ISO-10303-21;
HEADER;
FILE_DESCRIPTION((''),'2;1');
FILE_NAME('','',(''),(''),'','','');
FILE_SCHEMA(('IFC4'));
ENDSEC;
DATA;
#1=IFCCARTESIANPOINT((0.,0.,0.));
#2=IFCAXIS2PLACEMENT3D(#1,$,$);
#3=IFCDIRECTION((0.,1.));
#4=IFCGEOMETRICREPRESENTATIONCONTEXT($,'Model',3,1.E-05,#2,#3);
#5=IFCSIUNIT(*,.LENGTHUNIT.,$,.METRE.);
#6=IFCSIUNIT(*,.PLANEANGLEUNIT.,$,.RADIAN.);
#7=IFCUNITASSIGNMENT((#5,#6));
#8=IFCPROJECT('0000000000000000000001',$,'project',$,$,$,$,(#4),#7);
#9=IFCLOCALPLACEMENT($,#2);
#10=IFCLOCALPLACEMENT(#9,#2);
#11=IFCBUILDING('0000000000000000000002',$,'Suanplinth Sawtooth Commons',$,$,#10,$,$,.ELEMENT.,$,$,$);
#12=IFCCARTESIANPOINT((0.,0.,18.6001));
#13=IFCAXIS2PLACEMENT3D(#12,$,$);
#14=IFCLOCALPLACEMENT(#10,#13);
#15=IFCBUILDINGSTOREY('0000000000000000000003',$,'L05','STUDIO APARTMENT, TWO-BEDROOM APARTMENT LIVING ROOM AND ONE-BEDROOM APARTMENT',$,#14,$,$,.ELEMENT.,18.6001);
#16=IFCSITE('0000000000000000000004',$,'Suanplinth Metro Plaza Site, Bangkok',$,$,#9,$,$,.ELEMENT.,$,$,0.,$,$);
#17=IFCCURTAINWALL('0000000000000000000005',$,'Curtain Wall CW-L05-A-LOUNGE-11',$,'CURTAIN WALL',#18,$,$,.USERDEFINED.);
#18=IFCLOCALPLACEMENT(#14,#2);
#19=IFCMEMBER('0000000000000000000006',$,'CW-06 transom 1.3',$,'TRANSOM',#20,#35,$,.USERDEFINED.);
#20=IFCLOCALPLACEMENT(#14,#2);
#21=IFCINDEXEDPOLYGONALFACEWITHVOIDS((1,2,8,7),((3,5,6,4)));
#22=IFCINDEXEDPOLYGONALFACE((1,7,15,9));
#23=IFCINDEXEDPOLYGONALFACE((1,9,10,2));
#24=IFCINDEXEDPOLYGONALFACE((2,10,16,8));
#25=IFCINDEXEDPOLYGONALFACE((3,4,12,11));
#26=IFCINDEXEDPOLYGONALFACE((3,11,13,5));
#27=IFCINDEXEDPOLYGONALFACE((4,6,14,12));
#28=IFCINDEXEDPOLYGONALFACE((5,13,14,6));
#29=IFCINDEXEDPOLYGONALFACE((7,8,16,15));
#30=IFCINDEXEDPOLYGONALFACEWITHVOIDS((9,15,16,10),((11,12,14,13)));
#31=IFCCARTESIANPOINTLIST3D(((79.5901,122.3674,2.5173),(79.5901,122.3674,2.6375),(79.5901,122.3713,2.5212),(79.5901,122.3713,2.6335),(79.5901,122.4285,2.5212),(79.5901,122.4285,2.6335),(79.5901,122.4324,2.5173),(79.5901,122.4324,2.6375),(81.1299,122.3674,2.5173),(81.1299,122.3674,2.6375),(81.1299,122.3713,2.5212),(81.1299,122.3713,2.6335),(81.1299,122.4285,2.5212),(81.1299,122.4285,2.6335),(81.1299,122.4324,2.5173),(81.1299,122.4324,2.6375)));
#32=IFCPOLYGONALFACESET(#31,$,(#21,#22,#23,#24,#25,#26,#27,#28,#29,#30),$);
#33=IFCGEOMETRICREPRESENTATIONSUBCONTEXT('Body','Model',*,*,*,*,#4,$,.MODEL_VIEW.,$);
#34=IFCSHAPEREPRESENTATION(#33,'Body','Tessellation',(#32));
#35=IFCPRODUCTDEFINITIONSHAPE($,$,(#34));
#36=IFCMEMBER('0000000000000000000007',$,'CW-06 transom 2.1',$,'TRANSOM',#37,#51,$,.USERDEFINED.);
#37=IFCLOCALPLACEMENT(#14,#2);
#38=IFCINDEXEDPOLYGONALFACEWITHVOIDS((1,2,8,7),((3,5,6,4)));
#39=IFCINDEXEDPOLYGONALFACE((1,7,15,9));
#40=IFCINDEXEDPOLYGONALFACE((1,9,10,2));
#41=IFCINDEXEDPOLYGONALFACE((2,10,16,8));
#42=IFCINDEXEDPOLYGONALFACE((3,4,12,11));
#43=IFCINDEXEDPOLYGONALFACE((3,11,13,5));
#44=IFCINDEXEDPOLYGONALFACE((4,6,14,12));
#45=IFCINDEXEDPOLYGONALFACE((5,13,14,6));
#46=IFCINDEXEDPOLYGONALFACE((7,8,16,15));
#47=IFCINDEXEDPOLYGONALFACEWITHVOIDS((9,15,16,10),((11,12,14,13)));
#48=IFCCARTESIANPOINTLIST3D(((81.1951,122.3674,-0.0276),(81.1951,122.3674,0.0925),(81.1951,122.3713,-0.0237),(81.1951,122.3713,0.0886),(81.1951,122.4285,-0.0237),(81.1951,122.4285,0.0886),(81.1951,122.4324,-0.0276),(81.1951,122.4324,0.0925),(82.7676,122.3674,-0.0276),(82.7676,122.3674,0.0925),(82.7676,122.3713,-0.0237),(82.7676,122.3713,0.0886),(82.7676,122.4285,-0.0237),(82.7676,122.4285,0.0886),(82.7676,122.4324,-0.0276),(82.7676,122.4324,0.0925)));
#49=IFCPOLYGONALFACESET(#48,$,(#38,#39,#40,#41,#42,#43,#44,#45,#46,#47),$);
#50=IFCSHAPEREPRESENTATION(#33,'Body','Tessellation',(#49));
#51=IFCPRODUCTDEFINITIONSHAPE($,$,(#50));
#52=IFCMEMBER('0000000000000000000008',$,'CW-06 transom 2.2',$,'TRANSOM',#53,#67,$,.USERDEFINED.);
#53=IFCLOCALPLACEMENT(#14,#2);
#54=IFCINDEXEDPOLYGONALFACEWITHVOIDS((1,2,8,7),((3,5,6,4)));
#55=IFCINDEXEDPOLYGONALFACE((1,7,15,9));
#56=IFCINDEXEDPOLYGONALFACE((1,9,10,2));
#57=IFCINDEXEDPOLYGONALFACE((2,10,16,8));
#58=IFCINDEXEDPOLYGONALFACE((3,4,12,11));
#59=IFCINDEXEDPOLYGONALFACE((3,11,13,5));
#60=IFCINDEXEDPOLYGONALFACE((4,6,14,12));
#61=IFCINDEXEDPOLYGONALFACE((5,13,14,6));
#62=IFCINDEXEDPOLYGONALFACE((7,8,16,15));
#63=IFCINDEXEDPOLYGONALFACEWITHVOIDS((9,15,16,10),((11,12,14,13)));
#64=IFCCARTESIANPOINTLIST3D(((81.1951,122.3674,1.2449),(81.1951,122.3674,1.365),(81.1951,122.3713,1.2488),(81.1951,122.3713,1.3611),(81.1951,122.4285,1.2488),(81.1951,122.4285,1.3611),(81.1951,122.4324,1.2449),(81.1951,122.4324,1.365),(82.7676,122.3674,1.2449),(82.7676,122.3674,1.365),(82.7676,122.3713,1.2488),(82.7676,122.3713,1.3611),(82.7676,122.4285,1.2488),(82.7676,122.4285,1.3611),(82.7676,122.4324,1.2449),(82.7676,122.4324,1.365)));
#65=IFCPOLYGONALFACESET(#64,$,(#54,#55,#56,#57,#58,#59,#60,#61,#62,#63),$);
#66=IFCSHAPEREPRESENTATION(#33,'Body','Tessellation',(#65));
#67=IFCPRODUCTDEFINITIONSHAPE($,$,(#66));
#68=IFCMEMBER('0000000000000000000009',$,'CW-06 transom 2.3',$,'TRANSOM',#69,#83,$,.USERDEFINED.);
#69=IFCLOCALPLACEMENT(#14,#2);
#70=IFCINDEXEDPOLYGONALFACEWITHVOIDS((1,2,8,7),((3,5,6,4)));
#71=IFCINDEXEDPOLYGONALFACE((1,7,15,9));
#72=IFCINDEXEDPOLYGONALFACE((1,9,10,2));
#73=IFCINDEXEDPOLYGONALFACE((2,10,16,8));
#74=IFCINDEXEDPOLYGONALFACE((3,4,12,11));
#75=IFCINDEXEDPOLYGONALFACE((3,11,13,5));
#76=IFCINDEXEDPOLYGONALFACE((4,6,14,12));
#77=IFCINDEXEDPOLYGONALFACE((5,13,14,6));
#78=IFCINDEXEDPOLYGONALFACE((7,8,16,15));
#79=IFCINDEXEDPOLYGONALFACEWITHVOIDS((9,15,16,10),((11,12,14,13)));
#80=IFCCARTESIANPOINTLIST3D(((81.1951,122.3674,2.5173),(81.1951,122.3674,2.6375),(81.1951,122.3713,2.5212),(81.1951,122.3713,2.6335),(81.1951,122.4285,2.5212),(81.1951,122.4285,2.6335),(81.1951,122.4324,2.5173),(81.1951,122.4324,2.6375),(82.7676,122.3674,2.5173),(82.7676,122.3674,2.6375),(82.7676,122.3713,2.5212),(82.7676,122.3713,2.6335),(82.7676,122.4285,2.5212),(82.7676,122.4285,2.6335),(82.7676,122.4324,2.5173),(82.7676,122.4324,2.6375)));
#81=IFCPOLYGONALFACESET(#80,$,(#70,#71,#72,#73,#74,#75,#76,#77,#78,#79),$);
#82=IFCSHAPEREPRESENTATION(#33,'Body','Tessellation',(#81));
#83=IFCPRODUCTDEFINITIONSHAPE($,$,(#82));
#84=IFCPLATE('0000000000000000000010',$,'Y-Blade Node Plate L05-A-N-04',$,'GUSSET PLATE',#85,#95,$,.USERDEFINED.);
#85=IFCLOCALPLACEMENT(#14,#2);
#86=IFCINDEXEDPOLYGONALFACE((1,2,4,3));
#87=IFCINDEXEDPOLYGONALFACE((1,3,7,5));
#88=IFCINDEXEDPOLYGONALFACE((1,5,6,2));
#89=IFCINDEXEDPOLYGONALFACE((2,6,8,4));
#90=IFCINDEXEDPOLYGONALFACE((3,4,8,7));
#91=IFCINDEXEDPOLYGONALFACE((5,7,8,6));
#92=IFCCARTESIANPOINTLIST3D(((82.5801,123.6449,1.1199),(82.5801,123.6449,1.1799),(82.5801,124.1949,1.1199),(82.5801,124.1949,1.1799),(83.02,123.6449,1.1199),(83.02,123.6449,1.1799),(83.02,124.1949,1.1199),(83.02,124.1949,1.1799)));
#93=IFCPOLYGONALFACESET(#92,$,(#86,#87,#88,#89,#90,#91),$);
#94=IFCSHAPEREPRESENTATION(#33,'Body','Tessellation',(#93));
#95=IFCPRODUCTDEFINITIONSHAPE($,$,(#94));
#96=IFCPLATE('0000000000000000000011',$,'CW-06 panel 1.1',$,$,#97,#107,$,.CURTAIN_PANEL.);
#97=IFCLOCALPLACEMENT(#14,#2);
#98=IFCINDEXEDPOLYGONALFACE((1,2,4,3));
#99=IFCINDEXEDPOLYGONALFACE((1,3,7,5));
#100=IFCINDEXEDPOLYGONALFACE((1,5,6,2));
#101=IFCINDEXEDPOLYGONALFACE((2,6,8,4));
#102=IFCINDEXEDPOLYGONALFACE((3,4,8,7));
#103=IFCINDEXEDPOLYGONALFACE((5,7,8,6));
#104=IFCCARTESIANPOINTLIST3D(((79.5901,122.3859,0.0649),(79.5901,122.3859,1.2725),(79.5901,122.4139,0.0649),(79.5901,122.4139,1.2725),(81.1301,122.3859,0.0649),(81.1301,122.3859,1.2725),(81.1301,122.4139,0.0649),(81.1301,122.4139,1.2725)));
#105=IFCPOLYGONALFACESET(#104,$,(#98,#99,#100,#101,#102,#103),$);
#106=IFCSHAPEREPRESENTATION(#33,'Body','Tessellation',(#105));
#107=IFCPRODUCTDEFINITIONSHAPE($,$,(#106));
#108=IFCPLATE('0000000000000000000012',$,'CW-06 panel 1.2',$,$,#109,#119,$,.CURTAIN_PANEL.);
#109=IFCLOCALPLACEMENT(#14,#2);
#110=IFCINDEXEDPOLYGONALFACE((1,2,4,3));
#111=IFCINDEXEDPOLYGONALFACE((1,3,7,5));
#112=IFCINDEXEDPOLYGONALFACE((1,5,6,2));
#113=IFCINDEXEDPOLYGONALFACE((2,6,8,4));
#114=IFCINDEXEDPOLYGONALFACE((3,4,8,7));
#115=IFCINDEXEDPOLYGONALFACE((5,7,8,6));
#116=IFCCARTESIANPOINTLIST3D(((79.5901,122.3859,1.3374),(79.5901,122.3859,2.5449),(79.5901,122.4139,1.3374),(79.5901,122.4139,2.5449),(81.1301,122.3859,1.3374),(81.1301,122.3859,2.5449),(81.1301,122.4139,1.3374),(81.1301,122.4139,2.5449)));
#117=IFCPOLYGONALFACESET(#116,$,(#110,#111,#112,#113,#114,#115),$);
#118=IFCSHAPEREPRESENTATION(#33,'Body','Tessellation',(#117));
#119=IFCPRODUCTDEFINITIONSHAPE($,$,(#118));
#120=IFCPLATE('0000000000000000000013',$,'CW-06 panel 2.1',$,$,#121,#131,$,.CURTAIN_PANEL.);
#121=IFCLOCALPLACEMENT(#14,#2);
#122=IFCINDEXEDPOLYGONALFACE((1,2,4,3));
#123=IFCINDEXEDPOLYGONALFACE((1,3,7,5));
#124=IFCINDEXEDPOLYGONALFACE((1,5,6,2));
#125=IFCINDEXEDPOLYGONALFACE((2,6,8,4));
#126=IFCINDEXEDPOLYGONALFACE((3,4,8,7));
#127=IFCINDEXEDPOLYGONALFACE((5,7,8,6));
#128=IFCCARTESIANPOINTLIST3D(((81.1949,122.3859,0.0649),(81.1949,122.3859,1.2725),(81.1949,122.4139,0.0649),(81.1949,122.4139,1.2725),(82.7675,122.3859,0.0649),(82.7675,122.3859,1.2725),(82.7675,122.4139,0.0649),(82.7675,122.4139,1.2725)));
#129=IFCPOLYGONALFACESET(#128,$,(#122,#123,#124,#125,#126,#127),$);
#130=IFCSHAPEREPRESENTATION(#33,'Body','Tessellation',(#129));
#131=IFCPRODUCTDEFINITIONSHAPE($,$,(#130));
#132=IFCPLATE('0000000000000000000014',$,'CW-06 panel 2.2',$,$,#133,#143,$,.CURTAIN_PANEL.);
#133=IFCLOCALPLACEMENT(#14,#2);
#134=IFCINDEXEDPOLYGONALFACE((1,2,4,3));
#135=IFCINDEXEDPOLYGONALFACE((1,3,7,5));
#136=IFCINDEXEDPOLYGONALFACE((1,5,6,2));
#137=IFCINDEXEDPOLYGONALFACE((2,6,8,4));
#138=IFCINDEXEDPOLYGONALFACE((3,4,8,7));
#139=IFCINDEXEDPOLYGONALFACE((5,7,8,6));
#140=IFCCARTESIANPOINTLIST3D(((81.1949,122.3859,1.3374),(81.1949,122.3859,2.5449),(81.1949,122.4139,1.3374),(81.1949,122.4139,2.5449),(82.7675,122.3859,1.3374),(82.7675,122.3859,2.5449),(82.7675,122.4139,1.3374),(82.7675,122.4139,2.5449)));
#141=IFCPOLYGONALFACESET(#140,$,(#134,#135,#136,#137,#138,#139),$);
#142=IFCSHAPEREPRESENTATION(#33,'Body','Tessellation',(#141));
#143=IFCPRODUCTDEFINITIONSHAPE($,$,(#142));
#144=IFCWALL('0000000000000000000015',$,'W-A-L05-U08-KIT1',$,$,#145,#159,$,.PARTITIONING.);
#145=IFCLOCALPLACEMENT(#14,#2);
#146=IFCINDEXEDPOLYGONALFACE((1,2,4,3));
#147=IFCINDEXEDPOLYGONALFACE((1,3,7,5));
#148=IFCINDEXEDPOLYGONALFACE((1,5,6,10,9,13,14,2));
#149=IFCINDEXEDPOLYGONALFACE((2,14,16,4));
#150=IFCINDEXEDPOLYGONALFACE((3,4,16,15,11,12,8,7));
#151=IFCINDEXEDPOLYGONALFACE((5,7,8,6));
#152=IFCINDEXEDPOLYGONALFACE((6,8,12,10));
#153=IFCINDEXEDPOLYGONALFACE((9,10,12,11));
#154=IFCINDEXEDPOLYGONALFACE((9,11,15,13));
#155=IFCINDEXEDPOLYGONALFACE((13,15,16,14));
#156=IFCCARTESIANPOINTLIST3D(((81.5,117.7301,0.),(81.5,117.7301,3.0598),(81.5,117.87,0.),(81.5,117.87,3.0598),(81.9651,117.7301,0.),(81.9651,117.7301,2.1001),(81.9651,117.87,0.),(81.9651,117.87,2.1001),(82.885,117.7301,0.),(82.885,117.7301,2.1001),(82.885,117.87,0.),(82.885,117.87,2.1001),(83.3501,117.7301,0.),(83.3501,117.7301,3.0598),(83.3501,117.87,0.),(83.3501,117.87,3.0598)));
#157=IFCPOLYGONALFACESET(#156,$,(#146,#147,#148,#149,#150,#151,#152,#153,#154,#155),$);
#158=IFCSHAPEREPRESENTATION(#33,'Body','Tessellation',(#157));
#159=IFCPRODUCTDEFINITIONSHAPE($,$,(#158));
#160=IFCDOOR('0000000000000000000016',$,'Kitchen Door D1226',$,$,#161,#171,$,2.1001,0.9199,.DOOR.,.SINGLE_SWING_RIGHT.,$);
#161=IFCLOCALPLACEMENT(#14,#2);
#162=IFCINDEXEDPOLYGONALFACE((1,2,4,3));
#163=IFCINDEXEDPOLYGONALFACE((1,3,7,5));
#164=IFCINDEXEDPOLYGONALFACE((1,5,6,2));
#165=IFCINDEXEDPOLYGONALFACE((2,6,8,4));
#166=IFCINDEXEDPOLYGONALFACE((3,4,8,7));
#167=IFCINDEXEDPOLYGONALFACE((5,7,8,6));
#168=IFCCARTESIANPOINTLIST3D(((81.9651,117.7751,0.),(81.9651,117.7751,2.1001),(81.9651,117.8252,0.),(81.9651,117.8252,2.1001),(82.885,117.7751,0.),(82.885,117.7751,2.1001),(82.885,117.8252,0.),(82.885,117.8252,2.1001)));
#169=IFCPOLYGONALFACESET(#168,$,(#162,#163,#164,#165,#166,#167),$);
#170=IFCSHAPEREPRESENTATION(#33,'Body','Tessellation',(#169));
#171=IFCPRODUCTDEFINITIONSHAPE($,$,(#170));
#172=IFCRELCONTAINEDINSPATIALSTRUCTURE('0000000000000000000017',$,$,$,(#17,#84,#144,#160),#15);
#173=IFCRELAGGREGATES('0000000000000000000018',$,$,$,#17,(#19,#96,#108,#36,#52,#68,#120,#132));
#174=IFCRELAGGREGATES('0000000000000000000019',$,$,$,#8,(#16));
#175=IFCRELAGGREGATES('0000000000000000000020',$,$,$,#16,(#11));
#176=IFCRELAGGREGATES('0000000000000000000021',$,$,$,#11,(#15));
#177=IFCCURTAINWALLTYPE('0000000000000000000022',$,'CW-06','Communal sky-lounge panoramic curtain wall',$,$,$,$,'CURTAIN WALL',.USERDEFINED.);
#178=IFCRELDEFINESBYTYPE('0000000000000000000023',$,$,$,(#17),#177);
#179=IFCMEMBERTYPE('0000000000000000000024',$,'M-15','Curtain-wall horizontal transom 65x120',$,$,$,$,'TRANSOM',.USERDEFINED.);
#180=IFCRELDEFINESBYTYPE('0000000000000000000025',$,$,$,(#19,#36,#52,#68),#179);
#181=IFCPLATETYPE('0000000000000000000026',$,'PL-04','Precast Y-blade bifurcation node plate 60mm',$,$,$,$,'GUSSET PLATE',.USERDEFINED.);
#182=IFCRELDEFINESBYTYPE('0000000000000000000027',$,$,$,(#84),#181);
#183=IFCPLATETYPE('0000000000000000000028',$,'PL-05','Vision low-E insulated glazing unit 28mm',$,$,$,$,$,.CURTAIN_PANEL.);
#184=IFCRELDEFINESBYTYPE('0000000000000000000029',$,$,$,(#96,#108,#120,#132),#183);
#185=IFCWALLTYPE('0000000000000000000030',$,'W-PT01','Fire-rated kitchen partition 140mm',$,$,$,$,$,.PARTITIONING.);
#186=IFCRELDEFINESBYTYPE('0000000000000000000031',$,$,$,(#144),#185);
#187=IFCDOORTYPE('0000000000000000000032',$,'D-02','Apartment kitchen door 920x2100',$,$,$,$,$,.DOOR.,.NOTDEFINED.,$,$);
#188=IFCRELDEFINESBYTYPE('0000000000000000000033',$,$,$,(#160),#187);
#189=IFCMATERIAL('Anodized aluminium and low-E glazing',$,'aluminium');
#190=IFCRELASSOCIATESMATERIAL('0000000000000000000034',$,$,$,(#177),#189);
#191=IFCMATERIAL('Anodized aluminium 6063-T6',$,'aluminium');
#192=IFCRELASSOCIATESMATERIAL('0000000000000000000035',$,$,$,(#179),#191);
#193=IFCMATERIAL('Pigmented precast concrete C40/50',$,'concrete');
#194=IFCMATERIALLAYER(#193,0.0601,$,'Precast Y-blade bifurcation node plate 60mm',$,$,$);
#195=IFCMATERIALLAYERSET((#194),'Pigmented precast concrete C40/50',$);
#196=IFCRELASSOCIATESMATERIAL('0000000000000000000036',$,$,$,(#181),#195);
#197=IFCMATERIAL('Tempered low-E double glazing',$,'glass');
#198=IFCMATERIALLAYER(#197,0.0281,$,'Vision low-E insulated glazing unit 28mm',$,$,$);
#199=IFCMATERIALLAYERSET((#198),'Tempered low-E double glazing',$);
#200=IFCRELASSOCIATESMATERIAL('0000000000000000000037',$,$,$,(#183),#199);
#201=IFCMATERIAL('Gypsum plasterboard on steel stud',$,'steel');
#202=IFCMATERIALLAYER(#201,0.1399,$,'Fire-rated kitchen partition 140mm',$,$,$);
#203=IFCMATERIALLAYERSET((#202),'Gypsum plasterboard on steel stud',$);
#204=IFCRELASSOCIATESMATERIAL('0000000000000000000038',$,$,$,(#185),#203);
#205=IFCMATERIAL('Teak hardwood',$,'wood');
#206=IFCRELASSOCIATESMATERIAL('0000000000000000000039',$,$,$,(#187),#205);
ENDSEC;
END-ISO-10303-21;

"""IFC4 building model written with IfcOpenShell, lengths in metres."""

from ifc_helpers import new_model, si_unit, direction, frame, frame_2d, origin, origin_2d, place, context, subcontext, project, spatial, rectangle, hollow_rectangle, extrude, material, layer, layer_set, material_profile, profile_set, type_object, element, fill, aggregate, save


model = new_model("IFC4")

# Units and contexts
model_context = context("Model", 3, precision=1e-05, world=origin(), true_north=direction((0.0, 1.0)))
body_context = subcontext(model_context, "Body", "Model", "MODEL_VIEW")
ifc_project = project(units=[si_unit("LENGTHUNIT", "METRE"), si_unit("PLANEANGLEUNIT", "RADIAN")], contexts=[model_context])

# Site, building, storey
site_placement = place(None, origin())
site = spatial("IfcSite", under=ifc_project, at=site_placement, Name="Suanplinth Metro Plaza Site, Bangkok", CompositionType="ELEMENT", RefElevation=0.0)
building_placement = place(site_placement, origin())
building = spatial("IfcBuilding", under=site, at=building_placement, Name="Suanplinth Sawtooth Commons", CompositionType="ELEMENT")
storey_placement = place(building_placement, frame((0.0, 0.0, 18.6001)))
storey = spatial("IfcBuildingStorey", under=building, at=storey_placement, Name="L05", Description="STUDIO APARTMENT, TWO-BEDROOM APARTMENT LIVING ROOM AND ONE-BEDROOM APARTMENT", CompositionType="ELEMENT", Elevation=18.6001)

# Shared definitions
ifc_material_1 = material(Name="Pigmented precast concrete C40/50", Category="concrete")

# Curtain wall, members
ifc_material_2 = material(Name="Anodized aluminium and low-E glazing", Category="aluminium")
curtain_wall_type = type_object("IfcCurtainWallType", Name="CW-06", Description="Communal sky-lounge panoramic curtain wall", ElementType="CURTAIN WALL", PredefinedType="USERDEFINED", material=ifc_material_2)
curtain_wall_placement = place(storey_placement, origin())
curtain_wall = element("IfcCurtainWall", 1, at=curtain_wall_placement, inside=storey, type_object=curtain_wall_type, Name="Curtain Wall CW-L05-A-LOUNGE-11", ObjectType="CURTAIN WALL", PredefinedType="USERDEFINED")
ifc_material_3 = material(Name="Anodized aluminium 6063-T6", Category="aluminium")
ifc_material_profile_1 = material_profile(ifc_material_3, hollow_rectangle(XDim=0.0649, YDim=0.1201, WallThickness=0.0039, at=origin_2d()), Name="ALU-TRN 65x120")
ifc_profile_set_1 = profile_set([ifc_material_profile_1], Name="Anodized aluminium 6063-T6")
member_type_1 = type_object("IfcMemberType", Name="M-15", Description="Curtain-wall horizontal transom 65x120", ElementType="TRANSOM", PredefinedType="USERDEFINED", material=ifc_profile_set_1)
member_1_placement = place(storey_placement, frame((79.5901, 122.3999, 2.5774), z_axis=(1.0, 0.0, 0.0), x_axis=(0.0, 1.0, 0.0)))
member_1 = element("IfcMember", 2, at=member_1_placement, type_object=member_type_1, Name="CW-06 transom 1.3", ObjectType="TRANSOM", PredefinedType="USERDEFINED", context=body_context, shape_type="SweptSolid", body=[
    extrude(hollow_rectangle(XDim=0.0649, YDim=0.1201, WallThickness=0.0039, at=origin_2d()), origin(), (0.0, 0.0, 1.0), 1.5398),
])
member_2_placement = place(storey_placement, frame((81.1951, 122.3999, 0.0325), z_axis=(1.0, 0.0, 0.0), x_axis=(0.0, 1.0, 0.0)))
member_2 = element("IfcMember", 3, at=member_2_placement, type_object=member_type_1, Name="CW-06 transom 2.1", ObjectType="TRANSOM", PredefinedType="USERDEFINED", context=body_context, shape_type="SweptSolid", body=[
    extrude(hollow_rectangle(XDim=0.0649, YDim=0.1201, WallThickness=0.0039, at=origin_2d()), origin(), (0.0, 0.0, 1.0), 1.5725),
])
member_3_placement = place(storey_placement, frame((81.1951, 122.3999, 1.3049), z_axis=(1.0, 0.0, 0.0), x_axis=(0.0, 1.0, 0.0)))
member_3 = element("IfcMember", 4, at=member_3_placement, type_object=member_type_1, Name="CW-06 transom 2.2", ObjectType="TRANSOM", PredefinedType="USERDEFINED", context=body_context, shape_type="SweptSolid", body=[
    extrude(hollow_rectangle(XDim=0.0649, YDim=0.1201, WallThickness=0.0039, at=origin_2d()), origin(), (0.0, 0.0, 1.0), 1.5725),
])
member_4_placement = place(storey_placement, frame((81.1951, 122.3999, 2.5774), z_axis=(1.0, 0.0, 0.0), x_axis=(0.0, 1.0, 0.0)))
member_4 = element("IfcMember", 5, at=member_4_placement, type_object=member_type_1, Name="CW-06 transom 2.3", ObjectType="TRANSOM", PredefinedType="USERDEFINED", context=body_context, shape_type="SweptSolid", body=[
    extrude(hollow_rectangle(XDim=0.0649, YDim=0.1201, WallThickness=0.0039, at=origin_2d()), origin(), (0.0, 0.0, 1.0), 1.5725),
])

# Plates
ifc_layer_1 = layer(ifc_material_1, 0.0601, Name="Precast Y-blade bifurcation node plate 60mm")
ifc_layer_set_1 = layer_set([ifc_layer_1], Name="Pigmented precast concrete C40/50")
plate_type_1 = type_object("IfcPlateType", Name="PL-04", Description="Precast Y-blade bifurcation node plate 60mm", ElementType="GUSSET PLATE", PredefinedType="USERDEFINED", material=ifc_layer_set_1)
plate_1_placement = place(storey_placement, frame((82.8, 123.9199, 1.1199), z_axis=(0.0, 0.0, 1.0), x_axis=(1.0, 0.0, 0.0)))
element("IfcPlate", 6, at=plate_1_placement, inside=storey, type_object=plate_type_1, Name="Y-Blade Node Plate L05-A-N-04", ObjectType="GUSSET PLATE", PredefinedType="USERDEFINED", context=body_context, shape_type="SweptSolid", body=[
    extrude(rectangle(XDim=0.4399, YDim=0.55, at=origin_2d()), origin(), (0.0, 0.0, 1.0), 0.0601),
])
ifc_material_4 = material(Name="Tempered low-E double glazing", Category="glass")
ifc_layer_2 = layer(ifc_material_4, 0.0281, Name="Vision low-E insulated glazing unit 28mm")
ifc_layer_set_2 = layer_set([ifc_layer_2], Name="Tempered low-E double glazing")
plate_type_2 = type_object("IfcPlateType", Name="PL-05", Description="Vision low-E insulated glazing unit 28mm", PredefinedType="CURTAIN_PANEL", material=ifc_layer_set_2)
plate_2_placement = place(storey_placement, frame((80.3601, 122.3999, 0.0649), z_axis=(0.0, 0.0, 1.0), x_axis=(1.0, 0.0, 0.0)))
plate_2 = element("IfcPlate", 7, at=plate_2_placement, type_object=plate_type_2, Name="CW-06 panel 1.1", PredefinedType="CURTAIN_PANEL", context=body_context, shape_type="SweptSolid", body=[
    extrude(rectangle(XDim=1.54, YDim=0.0281, at=origin_2d()), origin(), (0.0, 0.0, 1.0), 1.2075),
])
plate_3_placement = place(storey_placement, frame((80.3601, 122.3999, 1.3374), z_axis=(0.0, 0.0, 1.0), x_axis=(1.0, 0.0, 0.0)))
plate_3 = element("IfcPlate", 8, at=plate_3_placement, type_object=plate_type_2, Name="CW-06 panel 1.2", PredefinedType="CURTAIN_PANEL", context=body_context, shape_type="SweptSolid", body=[
    extrude(rectangle(XDim=1.54, YDim=0.0281, at=origin_2d()), origin(), (0.0, 0.0, 1.0), 1.2075),
])
plate_4_placement = place(storey_placement, frame((81.9812, 122.3999, 0.0649), z_axis=(0.0, 0.0, 1.0), x_axis=(1.0, 0.0, 0.0)))
plate_4 = element("IfcPlate", 9, at=plate_4_placement, type_object=plate_type_2, Name="CW-06 panel 2.1", PredefinedType="CURTAIN_PANEL", context=body_context, shape_type="SweptSolid", body=[
    extrude(rectangle(XDim=1.5725, YDim=0.0281, at=origin_2d()), origin(), (0.0, 0.0, 1.0), 1.2075),
])
plate_5_placement = place(storey_placement, frame((81.9812, 122.3999, 1.3374), z_axis=(0.0, 0.0, 1.0), x_axis=(1.0, 0.0, 0.0)))
plate_5 = element("IfcPlate", 10, at=plate_5_placement, type_object=plate_type_2, Name="CW-06 panel 2.2", PredefinedType="CURTAIN_PANEL", context=body_context, shape_type="SweptSolid", body=[
    extrude(rectangle(XDim=1.5725, YDim=0.0281, at=origin_2d()), origin(), (0.0, 0.0, 1.0), 1.2075),
])
aggregate(curtain_wall, [member_1, plate_2, plate_3, member_2, member_3, member_4, plate_4, plate_5])

# Wall, opening, door
ifc_material_5 = material(Name="Gypsum plasterboard on steel stud", Category="steel")
ifc_layer_3 = layer(ifc_material_5, 0.1399, Name="Fire-rated kitchen partition 140mm")
ifc_layer_set_3 = layer_set([ifc_layer_3], Name="Gypsum plasterboard on steel stud")
wall_type_1 = type_object("IfcWallType", Name="W-PT01", Description="Fire-rated kitchen partition 140mm", PredefinedType="PARTITIONING", material=ifc_layer_set_3)
wall_1_placement = place(storey_placement, frame((81.5, 117.8, 0.0), z_axis=(0.0, 0.0, 1.0), x_axis=(1.0, 0.0, 0.0)))
wall_1 = element("IfcWall", 11, at=wall_1_placement, inside=storey, type_object=wall_type_1, Name="W-A-L05-U08-KIT1", PredefinedType="PARTITIONING", context=body_context, shape_type="SweptSolid", body=[
    extrude(rectangle(XDim=1.8501, YDim=0.1399, at=frame_2d((0.925, 0.0))), origin(), (0.0, 0.0, 1.0), 3.0598),
])
opening_1_placement = place(wall_1_placement, frame((0.4651, 0.0, 0.0)))
opening_1 = element("IfcOpeningElement", 12, at=opening_1_placement, cuts=wall_1, PredefinedType="OPENING", context=body_context, shape_type="SweptSolid", body=[
    extrude(rectangle(XDim=0.9199, YDim=2.1001, at=frame_2d((0.46, 1.05))), frame((0.0, 0.085, 0.0), z_axis=(0.0, -1.0, 0.0), x_axis=(1.0, 0.0, 0.0)), (0.0, 0.0, 1.0), 0.1697),
])
ifc_material_6 = material(Name="Teak hardwood", Category="wood")
door_type_1 = type_object("IfcDoorType", Name="D-02", Description="Apartment kitchen door 920x2100", OperationType="NOTDEFINED", PredefinedType="DOOR", material=ifc_material_6)
door_1_placement = place(opening_1_placement, frame((0.9199, 0.0, 0.0), z_axis=(0.0, 0.0, 1.0), x_axis=(-1.0, 0.0, 0.0)))
door_1 = element("IfcDoor", 13, at=door_1_placement, inside=storey, type_object=door_type_1, Name="Kitchen Door D1226", OperationType="SINGLE_SWING_RIGHT", OverallHeight=2.1001, OverallWidth=0.9199, PredefinedType="DOOR", context=body_context, shape_type="SweptSolid", body=[
    extrude(rectangle(XDim=0.9199, YDim=2.1001, at=frame_2d((0.46, 1.05))), frame((0.0, 0.0249, 0.0), z_axis=(0.0, -1.0, 0.0), x_axis=(1.0, 0.0, 0.0)), (0.0, 0.0, 1.0), 0.05),
])
fill(opening_1, door_1)

save(model, "model.ifc")
